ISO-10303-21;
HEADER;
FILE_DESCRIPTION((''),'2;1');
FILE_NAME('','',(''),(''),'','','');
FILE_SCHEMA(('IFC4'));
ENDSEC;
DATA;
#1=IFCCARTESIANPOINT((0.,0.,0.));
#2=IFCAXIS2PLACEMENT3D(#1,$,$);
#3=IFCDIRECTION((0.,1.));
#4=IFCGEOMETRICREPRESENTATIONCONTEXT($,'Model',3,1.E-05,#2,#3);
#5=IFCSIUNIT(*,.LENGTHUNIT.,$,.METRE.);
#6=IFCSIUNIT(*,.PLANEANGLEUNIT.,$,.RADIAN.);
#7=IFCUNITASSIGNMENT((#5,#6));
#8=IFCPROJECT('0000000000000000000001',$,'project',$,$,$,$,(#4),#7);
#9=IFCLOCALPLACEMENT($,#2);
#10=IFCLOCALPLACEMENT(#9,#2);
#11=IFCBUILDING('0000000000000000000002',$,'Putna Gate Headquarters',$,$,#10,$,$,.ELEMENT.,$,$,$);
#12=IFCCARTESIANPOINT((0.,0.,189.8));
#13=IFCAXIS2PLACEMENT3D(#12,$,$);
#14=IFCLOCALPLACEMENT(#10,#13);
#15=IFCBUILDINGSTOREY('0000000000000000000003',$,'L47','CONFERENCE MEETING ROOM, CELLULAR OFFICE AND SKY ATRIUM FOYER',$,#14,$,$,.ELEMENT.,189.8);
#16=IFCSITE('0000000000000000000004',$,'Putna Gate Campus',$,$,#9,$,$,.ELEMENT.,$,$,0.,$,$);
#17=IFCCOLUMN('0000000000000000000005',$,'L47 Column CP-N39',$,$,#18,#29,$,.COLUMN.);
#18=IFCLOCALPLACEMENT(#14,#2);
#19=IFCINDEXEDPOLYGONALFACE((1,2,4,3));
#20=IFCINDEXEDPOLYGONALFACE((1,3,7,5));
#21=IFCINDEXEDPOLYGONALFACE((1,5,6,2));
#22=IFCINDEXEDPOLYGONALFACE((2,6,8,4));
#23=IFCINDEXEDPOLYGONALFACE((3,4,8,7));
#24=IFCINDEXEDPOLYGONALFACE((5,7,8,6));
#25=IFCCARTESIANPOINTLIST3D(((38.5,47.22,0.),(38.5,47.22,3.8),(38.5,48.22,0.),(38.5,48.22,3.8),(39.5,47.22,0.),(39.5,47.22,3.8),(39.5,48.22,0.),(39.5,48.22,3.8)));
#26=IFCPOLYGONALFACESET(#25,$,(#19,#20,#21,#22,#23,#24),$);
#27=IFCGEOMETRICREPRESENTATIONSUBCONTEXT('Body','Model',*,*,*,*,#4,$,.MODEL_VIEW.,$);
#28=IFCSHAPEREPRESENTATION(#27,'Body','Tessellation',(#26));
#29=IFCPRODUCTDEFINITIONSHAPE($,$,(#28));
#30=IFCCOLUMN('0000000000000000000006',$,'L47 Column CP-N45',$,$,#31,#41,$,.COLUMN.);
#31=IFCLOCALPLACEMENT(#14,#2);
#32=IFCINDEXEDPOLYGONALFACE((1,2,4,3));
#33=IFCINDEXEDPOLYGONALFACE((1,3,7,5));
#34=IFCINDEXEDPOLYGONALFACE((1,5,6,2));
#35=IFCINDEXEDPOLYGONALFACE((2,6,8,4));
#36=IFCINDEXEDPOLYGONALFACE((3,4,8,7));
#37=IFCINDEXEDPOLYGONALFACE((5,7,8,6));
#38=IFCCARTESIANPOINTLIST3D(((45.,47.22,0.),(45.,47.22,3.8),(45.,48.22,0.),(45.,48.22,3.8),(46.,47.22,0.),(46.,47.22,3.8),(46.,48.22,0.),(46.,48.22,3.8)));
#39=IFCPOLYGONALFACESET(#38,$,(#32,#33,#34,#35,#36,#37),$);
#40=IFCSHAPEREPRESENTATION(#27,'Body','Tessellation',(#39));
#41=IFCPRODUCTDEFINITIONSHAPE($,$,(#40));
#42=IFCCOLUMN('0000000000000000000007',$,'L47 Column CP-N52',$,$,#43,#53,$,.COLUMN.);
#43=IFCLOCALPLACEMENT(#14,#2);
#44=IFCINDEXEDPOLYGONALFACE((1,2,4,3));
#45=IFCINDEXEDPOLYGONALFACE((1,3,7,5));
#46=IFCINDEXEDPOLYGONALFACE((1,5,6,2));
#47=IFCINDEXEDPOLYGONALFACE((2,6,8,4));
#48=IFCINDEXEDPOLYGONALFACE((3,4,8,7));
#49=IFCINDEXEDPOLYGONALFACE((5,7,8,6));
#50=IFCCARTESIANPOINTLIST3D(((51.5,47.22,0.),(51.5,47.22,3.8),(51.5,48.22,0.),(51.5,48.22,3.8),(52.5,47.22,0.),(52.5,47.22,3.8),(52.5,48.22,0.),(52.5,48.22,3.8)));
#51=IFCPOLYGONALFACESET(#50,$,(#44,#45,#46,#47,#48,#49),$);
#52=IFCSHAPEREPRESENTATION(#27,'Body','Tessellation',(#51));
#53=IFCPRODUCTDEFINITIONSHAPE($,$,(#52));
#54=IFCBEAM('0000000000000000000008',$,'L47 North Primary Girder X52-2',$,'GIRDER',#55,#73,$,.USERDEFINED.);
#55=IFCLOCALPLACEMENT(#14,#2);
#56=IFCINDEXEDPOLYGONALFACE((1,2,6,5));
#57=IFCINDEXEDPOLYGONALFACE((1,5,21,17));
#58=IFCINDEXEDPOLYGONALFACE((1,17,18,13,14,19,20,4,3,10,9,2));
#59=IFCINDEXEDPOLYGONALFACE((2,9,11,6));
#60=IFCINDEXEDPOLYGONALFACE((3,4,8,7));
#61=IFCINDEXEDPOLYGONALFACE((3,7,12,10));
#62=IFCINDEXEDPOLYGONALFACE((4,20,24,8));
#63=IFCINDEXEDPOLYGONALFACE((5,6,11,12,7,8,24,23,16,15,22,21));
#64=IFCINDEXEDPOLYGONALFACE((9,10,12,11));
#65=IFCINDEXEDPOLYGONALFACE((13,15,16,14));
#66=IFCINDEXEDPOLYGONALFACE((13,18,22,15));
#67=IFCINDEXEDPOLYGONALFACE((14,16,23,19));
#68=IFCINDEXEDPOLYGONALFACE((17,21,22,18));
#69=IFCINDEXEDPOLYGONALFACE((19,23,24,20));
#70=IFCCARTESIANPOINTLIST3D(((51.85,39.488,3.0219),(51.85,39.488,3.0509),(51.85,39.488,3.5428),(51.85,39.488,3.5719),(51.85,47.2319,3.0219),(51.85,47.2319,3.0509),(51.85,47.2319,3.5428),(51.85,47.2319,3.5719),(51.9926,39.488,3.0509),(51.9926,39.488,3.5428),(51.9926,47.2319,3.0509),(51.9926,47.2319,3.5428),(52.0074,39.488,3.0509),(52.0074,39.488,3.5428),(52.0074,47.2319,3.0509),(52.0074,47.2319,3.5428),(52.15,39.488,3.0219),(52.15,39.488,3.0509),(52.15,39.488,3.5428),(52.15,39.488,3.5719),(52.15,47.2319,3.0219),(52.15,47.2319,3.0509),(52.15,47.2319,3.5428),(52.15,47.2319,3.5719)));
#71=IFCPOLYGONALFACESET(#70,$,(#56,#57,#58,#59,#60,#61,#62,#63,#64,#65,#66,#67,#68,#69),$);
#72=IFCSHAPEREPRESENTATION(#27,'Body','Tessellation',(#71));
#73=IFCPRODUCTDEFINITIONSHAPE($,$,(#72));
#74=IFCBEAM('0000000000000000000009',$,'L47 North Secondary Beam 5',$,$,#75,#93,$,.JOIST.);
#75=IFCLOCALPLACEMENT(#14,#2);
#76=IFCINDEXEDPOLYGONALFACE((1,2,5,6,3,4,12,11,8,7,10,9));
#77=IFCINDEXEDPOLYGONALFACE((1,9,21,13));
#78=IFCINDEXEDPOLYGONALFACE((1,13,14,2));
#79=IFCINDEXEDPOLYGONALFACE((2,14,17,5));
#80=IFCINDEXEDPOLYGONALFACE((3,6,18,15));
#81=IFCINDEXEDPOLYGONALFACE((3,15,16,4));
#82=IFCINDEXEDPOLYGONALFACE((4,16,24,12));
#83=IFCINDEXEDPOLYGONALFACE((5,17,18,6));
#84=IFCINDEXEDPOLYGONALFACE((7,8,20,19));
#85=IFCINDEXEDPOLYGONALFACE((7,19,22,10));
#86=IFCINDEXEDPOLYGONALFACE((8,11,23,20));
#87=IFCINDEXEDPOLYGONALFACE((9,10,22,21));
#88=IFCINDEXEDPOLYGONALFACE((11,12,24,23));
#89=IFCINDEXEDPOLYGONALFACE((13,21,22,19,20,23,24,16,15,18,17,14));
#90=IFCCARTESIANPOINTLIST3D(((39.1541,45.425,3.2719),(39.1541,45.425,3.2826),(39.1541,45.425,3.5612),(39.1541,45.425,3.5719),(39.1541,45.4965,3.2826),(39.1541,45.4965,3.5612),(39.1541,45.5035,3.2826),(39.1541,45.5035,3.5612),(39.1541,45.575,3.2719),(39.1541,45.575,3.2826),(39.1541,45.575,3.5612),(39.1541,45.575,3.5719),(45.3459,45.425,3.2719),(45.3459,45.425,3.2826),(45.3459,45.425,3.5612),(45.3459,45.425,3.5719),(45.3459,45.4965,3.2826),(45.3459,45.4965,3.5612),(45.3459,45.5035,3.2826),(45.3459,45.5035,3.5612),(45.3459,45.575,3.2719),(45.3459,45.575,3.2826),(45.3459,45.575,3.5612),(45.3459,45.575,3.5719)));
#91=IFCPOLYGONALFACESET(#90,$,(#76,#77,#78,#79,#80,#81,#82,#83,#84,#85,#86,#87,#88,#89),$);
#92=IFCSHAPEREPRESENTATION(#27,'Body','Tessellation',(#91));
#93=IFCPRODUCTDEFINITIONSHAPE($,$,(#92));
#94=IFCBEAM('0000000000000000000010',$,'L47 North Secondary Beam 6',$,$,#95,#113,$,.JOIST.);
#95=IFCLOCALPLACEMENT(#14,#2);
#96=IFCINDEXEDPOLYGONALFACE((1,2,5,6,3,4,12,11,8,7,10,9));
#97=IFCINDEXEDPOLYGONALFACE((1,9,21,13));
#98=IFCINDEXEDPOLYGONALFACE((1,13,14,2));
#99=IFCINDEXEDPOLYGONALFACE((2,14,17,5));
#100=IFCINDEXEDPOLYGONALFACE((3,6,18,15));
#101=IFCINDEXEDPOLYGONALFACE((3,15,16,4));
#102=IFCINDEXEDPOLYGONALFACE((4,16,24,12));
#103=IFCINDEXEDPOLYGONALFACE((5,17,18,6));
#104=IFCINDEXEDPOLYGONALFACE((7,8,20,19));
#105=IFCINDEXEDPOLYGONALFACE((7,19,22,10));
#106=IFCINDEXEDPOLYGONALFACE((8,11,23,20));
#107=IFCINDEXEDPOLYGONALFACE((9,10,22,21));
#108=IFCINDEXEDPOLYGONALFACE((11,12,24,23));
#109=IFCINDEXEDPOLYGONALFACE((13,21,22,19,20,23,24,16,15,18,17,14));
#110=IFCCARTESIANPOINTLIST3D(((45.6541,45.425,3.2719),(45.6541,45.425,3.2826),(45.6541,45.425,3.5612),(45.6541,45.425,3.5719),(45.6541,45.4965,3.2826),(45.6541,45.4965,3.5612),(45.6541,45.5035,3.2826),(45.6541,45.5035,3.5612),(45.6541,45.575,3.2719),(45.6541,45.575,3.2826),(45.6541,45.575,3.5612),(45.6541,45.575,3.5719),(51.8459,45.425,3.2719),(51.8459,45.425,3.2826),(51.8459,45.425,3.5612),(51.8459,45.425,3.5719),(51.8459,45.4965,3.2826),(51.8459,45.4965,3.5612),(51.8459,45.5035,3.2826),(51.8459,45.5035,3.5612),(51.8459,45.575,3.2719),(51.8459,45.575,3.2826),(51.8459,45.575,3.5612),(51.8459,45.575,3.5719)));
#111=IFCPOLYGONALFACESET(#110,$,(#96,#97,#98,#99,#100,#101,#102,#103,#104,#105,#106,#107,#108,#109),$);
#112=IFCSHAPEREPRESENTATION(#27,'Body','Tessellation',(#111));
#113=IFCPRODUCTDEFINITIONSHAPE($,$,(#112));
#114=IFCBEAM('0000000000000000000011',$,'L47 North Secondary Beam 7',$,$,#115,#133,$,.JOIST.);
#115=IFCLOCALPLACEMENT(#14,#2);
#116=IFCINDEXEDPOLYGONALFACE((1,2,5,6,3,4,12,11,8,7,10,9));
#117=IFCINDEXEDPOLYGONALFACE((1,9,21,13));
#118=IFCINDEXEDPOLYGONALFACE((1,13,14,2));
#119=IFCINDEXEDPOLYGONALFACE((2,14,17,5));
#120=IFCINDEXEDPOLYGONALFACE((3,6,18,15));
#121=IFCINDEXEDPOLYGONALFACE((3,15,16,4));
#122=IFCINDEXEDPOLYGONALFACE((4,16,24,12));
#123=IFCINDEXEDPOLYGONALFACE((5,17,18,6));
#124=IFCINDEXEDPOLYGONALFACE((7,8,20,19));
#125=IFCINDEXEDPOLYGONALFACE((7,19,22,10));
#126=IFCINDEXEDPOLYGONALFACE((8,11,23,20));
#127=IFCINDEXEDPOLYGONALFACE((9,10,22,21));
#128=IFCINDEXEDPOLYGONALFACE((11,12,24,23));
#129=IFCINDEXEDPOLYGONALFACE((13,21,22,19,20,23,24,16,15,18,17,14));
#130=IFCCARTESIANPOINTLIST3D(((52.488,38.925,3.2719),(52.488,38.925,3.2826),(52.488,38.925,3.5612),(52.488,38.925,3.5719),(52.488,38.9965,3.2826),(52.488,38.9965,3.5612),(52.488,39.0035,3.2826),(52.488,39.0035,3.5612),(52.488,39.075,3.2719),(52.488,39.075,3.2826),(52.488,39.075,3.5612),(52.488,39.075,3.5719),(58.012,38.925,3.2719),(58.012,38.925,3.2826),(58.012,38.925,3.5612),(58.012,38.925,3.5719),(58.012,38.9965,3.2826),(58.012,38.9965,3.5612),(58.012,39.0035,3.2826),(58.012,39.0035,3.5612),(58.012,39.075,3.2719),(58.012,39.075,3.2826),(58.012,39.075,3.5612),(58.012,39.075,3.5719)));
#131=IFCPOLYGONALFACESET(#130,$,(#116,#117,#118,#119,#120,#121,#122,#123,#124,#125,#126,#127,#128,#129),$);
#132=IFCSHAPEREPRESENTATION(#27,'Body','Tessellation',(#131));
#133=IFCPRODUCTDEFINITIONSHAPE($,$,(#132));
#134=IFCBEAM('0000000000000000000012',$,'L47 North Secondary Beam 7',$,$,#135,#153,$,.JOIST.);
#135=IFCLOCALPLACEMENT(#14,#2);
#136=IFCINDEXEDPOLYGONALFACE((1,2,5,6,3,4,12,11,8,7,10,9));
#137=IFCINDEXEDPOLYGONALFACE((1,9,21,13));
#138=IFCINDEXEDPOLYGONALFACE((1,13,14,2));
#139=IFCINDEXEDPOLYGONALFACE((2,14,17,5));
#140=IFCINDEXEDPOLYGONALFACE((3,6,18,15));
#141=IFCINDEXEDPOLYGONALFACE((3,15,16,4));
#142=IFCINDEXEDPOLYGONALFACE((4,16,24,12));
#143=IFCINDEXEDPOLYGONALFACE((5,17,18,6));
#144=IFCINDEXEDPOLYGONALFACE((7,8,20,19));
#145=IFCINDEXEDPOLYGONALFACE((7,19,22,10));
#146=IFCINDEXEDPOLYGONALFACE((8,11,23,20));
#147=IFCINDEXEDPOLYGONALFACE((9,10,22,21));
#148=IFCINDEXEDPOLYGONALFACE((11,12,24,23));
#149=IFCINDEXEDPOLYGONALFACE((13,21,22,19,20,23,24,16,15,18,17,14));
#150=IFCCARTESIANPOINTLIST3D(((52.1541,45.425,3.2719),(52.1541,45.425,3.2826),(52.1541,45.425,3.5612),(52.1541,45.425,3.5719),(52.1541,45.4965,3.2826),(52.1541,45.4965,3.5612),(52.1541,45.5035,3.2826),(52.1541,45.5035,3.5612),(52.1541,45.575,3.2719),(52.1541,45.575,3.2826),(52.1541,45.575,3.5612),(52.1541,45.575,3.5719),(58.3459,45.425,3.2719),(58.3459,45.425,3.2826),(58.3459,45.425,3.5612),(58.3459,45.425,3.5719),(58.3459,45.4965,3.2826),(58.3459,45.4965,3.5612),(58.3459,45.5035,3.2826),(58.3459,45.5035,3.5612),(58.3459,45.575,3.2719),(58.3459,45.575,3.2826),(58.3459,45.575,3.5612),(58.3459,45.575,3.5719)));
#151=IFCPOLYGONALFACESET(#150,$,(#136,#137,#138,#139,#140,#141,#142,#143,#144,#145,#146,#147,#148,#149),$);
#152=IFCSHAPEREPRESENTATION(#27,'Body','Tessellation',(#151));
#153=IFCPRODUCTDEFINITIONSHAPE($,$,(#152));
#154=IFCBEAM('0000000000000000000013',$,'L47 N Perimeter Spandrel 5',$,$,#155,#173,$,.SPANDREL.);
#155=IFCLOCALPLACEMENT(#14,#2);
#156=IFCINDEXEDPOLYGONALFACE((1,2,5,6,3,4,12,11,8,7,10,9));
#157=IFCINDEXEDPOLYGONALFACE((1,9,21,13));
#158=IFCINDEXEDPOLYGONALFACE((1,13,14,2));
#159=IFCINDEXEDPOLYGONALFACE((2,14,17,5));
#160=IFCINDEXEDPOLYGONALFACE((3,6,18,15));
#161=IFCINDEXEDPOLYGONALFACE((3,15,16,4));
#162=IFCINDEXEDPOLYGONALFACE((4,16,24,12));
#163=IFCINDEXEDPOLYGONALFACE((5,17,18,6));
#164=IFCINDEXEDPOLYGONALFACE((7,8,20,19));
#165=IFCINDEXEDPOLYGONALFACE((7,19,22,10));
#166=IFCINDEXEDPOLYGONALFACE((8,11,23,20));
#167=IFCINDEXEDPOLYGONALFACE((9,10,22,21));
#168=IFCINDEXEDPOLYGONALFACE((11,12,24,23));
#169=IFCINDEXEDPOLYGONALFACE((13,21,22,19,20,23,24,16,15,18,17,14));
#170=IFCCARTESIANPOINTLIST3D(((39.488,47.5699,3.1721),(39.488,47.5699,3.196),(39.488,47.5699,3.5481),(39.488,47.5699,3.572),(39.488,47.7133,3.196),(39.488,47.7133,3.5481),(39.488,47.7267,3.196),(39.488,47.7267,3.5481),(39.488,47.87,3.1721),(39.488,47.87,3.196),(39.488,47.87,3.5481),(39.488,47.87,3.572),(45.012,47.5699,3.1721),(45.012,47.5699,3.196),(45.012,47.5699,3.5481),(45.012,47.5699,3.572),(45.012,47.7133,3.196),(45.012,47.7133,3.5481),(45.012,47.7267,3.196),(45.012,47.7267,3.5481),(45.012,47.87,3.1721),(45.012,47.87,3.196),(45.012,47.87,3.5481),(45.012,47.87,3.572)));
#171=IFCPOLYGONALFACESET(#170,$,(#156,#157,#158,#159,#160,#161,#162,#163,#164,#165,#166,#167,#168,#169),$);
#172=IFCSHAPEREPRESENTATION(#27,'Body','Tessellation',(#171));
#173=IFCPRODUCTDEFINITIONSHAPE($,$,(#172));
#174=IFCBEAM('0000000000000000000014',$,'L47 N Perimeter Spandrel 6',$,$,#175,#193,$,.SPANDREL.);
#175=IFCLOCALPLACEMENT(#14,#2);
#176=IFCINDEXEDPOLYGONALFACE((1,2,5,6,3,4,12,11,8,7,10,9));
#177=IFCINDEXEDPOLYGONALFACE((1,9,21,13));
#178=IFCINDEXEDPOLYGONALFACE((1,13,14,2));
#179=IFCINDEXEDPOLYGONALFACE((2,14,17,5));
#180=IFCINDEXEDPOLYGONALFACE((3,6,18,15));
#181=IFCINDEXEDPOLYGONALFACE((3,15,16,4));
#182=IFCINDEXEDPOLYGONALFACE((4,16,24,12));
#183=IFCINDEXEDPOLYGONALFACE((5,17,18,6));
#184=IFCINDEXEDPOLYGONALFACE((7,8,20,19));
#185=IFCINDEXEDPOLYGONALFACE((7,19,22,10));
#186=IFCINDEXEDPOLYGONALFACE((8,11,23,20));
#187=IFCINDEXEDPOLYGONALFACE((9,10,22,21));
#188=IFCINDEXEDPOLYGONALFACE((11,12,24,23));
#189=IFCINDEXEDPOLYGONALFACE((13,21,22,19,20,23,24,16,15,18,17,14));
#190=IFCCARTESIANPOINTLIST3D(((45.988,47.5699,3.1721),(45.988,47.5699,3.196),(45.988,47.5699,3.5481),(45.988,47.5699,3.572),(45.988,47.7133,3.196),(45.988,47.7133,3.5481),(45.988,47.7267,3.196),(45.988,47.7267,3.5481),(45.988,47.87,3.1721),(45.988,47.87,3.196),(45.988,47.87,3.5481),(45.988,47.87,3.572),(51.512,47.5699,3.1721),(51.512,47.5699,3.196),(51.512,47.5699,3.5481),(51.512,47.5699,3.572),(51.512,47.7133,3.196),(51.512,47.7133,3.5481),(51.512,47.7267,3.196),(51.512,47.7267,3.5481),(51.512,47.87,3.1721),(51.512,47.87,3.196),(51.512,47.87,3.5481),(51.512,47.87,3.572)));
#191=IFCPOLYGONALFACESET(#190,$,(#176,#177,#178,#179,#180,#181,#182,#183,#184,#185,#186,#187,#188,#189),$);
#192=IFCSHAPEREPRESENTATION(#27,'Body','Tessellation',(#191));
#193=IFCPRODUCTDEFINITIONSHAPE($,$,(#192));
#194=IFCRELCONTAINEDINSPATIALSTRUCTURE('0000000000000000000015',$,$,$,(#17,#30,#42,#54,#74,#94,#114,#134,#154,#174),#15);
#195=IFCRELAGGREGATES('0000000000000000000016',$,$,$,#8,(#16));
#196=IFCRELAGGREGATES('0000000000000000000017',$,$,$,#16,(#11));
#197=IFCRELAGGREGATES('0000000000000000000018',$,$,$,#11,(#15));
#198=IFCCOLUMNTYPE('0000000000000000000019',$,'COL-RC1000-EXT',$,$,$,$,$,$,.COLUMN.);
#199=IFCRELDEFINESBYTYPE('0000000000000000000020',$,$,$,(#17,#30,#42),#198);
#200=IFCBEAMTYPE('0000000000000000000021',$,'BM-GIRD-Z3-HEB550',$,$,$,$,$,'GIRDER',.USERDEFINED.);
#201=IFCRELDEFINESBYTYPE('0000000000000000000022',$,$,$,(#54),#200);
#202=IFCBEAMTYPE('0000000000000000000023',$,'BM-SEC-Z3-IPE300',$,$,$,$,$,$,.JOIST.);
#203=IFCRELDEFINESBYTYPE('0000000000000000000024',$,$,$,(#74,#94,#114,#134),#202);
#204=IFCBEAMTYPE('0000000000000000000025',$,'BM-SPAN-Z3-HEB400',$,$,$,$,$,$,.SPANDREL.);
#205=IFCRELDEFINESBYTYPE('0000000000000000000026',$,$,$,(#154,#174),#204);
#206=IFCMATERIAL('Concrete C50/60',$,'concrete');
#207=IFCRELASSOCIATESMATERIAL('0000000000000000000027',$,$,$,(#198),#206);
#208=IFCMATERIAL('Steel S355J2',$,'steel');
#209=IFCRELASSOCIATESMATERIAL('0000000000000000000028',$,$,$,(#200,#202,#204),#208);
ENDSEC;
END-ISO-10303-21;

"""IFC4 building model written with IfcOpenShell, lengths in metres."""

from ifc_helpers import new_model, si_unit, direction, frame, origin, origin_2d, place, context, subcontext, project, spatial, rectangle, i_section, extrude, material, material_profile, profile_set, type_object, element, save


model = new_model("IFC4")

# Units and contexts
model_context = context("Model", 3, precision=1e-05, world=origin(), true_north=direction((0.0, 1.0)))
body_context = subcontext(model_context, "Body", "Model", "MODEL_VIEW")
ifc_project = project(units=[si_unit("LENGTHUNIT", "METRE"), si_unit("PLANEANGLEUNIT", "RADIAN")], contexts=[model_context])

# Site, building, storey
site_placement = place(None, origin())
site = spatial("IfcSite", under=ifc_project, at=site_placement, Name="Putna Gate Campus", CompositionType="ELEMENT", RefElevation=0.0)
building_placement = place(site_placement, origin())
building = spatial("IfcBuilding", under=site, at=building_placement, Name="Putna Gate Headquarters", CompositionType="ELEMENT")
storey_placement = place(building_placement, frame((0.0, 0.0, 189.8)))
storey = spatial("IfcBuildingStorey", under=building, at=storey_placement, Name="L47", Description="CONFERENCE MEETING ROOM, CELLULAR OFFICE AND SKY ATRIUM FOYER", CompositionType="ELEMENT", Elevation=189.8)

# Columns
ifc_material_1 = material(Name="Concrete C50/60", Category="concrete")
ifc_material_profile_1 = material_profile(ifc_material_1, rectangle(XDim=1.0, YDim=1.0, at=origin_2d()), Name="Concrete C50/60")
ifc_profile_set_1 = profile_set([ifc_material_profile_1], Name="Concrete C50/60")
column_type = type_object("IfcColumnType", Name="COL-RC1000-EXT", PredefinedType="COLUMN", material=ifc_profile_set_1)
for number, where, z_axis, x_axis, name in (
    (1, (39.0, 47.72, 0.0), (0.0, 0.0, 1.0), (1.0, 0.0, 0.0), "L47 Column CP-N39"),
    (2, (45.5, 47.72, 0.0), (0.0, 0.0, 1.0), (1.0, 0.0, 0.0), "L47 Column CP-N45"),
    (3, (52.0, 47.72, 0.0), (0.0, 0.0, 1.0), (1.0, 0.0, 0.0), "L47 Column CP-N52"),
):
    element("IfcColumn", number, at=place(storey_placement, frame(where, z_axis=z_axis, x_axis=x_axis)), inside=storey, type_object=column_type, Name=name, PredefinedType="COLUMN", context=body_context, shape_type="SweptSolid", body=[
        extrude(rectangle(XDim=1.0, YDim=1.0, at=origin_2d()), origin(), (0.0, 0.0, 1.0), 3.8),
    ])

# Beams
ifc_material_2 = material(Name="Steel S355J2", Category="steel")
ifc_material_profile_2 = material_profile(ifc_material_2, i_section(OverallWidth=0.3, OverallDepth=0.55, WebThickness=0.0149, FlangeThickness=0.0291, at=origin_2d()), Name="Steel S355J2")
ifc_profile_set_2 = profile_set([ifc_material_profile_2], Name="Steel S355J2")
beam_type_1 = type_object("IfcBeamType", Name="BM-GIRD-Z3-HEB550", ElementType="GIRDER", PredefinedType="USERDEFINED", material=ifc_profile_set_2)
beam_1_placement = place(storey_placement, frame((52.0, 39.488, 3.2969), z_axis=(0.0, 1.0, 0.0), x_axis=(-1.0, 0.0, 0.0)))
element("IfcBeam", 4, at=beam_1_placement, inside=storey, type_object=beam_type_1, Name="L47 North Primary Girder X52-2", ObjectType="GIRDER", PredefinedType="USERDEFINED", context=body_context, shape_type="SweptSolid", body=[
    extrude(i_section(OverallWidth=0.3, OverallDepth=0.55, WebThickness=0.0149, FlangeThickness=0.0291, at=origin_2d()), origin(), (0.0, 0.0, 1.0), 7.7439),
])
ifc_material_profile_3 = material_profile(ifc_material_2, i_section(OverallWidth=0.1499, OverallDepth=0.3, WebThickness=0.0071, FlangeThickness=0.0107, at=origin_2d()), Name="Steel S355J2")
ifc_profile_set_3 = profile_set([ifc_material_profile_3], Name="Steel S355J2")
beam_type_2 = type_object("IfcBeamType", Name="BM-SEC-Z3-IPE300", PredefinedType="JOIST", material=ifc_profile_set_3)
for number, where, z_axis, x_axis, name in (
    (5, (39.1541, 45.5, 3.4219), (1.0, 0.0, 0.0), (0.0, 1.0, 0.0), "L47 North Secondary Beam 5"),
    (6, (45.6541, 45.5, 3.4219), (1.0, 0.0, 0.0), (0.0, 1.0, 0.0), "L47 North Secondary Beam 6"),
):
    element("IfcBeam", number, at=place(storey_placement, frame(where, z_axis=z_axis, x_axis=x_axis)), inside=storey, type_object=beam_type_2, Name=name, PredefinedType="JOIST", context=body_context, shape_type="SweptSolid", body=[
        extrude(i_section(OverallWidth=0.1499, OverallDepth=0.3, WebThickness=0.0071, FlangeThickness=0.0107, at=origin_2d()), origin(), (0.0, 0.0, 1.0), 6.1919),
    ])
beam_2_placement = place(storey_placement, frame((52.488, 39.0, 3.4219), z_axis=(1.0, 0.0, 0.0), x_axis=(0.0, 1.0, 0.0)))
element("IfcBeam", 7, at=beam_2_placement, inside=storey, type_object=beam_type_2, Name="L47 North Secondary Beam 7", PredefinedType="JOIST", context=body_context, shape_type="SweptSolid", body=[
    extrude(i_section(OverallWidth=0.1499, OverallDepth=0.3, WebThickness=0.0071, FlangeThickness=0.0107, at=origin_2d()), origin(), (0.0, 0.0, 1.0), 5.5239),
])
beam_3_placement = place(storey_placement, frame((52.1541, 45.5, 3.4219), z_axis=(1.0, 0.0, 0.0), x_axis=(0.0, 1.0, 0.0)))
element("IfcBeam", 8, at=beam_3_placement, inside=storey, type_object=beam_type_2, Name="L47 North Secondary Beam 7", PredefinedType="JOIST", context=body_context, shape_type="SweptSolid", body=[
    extrude(i_section(OverallWidth=0.1499, OverallDepth=0.3, WebThickness=0.0071, FlangeThickness=0.0107, at=origin_2d()), origin(), (0.0, 0.0, 1.0), 6.1919),
])
ifc_material_profile_4 = material_profile(ifc_material_2, i_section(OverallWidth=0.3, OverallDepth=0.3999, WebThickness=0.0134, FlangeThickness=0.0239, at=origin_2d()), Name="Steel S355J2")
ifc_profile_set_4 = profile_set([ifc_material_profile_4], Name="Steel S355J2")
beam_type_3 = type_object("IfcBeamType", Name="BM-SPAN-Z3-HEB400", PredefinedType="SPANDREL", material=ifc_profile_set_4)
for number, where, z_axis, x_axis, name in (
    (9, (39.488, 47.72, 3.3721), (1.0, 0.0, 0.0), (0.0, 1.0, 0.0), "L47 N Perimeter Spandrel 5"),
    (10, (45.988, 47.72, 3.3721), (1.0, 0.0, 0.0), (0.0, 1.0, 0.0), "L47 N Perimeter Spandrel 6"),
):
    element("IfcBeam", number, at=place(storey_placement, frame(where, z_axis=z_axis, x_axis=x_axis)), inside=storey, type_object=beam_type_3, Name=name, PredefinedType="SPANDREL", context=body_context, shape_type="SweptSolid", body=[
        extrude(i_section(OverallWidth=0.3, OverallDepth=0.3999, WebThickness=0.0134, FlangeThickness=0.0239, at=origin_2d()), origin(), (0.0, 0.0, 1.0), 5.5239),
    ])

save(model, "model.ifc")
